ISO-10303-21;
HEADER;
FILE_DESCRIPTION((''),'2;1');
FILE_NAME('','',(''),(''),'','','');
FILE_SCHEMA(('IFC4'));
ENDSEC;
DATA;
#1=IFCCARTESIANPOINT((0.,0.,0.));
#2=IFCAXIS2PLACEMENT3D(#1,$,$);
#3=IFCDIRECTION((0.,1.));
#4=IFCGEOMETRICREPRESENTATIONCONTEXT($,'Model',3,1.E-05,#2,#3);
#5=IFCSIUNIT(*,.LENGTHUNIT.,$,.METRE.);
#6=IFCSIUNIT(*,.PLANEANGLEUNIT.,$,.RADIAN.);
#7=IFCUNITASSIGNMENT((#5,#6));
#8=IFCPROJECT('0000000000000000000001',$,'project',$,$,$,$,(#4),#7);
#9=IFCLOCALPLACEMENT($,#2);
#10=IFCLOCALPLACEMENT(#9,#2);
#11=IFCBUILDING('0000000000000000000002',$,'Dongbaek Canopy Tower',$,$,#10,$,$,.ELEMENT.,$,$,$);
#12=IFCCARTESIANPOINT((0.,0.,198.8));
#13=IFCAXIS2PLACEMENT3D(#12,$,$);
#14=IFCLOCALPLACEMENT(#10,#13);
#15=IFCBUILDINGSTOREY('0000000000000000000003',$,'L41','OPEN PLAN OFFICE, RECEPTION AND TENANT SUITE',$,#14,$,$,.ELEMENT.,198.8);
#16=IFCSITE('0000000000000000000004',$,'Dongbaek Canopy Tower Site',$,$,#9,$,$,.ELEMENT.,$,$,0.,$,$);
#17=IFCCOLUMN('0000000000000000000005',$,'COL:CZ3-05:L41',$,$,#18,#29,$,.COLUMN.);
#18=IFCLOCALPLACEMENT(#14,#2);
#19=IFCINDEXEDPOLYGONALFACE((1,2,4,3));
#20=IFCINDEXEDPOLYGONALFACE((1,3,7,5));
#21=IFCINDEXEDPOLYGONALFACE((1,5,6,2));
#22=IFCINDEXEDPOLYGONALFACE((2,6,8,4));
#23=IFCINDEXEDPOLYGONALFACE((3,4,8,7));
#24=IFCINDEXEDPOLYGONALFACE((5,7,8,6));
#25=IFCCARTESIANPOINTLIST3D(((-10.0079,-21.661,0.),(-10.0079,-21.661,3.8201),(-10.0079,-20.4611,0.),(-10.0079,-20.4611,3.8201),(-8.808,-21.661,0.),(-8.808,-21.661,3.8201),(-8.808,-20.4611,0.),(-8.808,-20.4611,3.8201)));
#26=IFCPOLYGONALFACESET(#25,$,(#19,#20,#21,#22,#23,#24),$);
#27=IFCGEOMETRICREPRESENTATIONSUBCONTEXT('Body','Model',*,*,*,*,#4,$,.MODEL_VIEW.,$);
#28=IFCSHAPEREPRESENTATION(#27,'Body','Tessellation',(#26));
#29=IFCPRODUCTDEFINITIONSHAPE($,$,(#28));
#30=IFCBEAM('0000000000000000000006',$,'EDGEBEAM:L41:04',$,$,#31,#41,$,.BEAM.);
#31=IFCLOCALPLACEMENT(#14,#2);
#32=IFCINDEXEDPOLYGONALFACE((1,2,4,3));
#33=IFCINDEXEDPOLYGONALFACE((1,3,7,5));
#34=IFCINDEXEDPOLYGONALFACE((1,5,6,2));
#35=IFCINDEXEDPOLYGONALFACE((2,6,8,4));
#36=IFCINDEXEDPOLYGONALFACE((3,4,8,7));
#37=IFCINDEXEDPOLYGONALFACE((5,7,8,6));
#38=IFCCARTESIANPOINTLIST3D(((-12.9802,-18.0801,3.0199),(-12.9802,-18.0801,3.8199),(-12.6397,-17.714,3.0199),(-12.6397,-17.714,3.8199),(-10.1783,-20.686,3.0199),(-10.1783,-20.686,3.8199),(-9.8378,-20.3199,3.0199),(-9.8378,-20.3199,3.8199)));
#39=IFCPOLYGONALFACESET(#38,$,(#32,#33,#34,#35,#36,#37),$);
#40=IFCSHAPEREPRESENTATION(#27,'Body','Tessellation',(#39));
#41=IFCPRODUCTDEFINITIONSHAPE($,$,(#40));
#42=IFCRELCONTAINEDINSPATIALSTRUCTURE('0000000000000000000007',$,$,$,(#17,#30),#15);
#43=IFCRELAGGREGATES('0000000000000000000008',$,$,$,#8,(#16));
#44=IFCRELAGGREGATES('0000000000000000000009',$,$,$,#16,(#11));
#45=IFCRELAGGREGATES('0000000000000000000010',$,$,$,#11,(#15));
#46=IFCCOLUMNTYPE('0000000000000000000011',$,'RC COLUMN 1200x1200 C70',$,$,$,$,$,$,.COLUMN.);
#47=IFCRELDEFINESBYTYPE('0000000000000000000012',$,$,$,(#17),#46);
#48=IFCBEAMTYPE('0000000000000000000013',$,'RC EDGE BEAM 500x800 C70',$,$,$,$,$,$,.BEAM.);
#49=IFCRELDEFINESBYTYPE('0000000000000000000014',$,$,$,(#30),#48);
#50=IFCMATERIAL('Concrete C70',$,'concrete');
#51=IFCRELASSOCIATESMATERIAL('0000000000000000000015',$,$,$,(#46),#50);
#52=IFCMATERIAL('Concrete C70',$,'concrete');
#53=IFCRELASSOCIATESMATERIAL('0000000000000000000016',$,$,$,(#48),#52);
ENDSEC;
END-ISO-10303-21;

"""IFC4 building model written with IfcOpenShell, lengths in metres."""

from ifc_helpers import new_model, si_unit, direction, frame, origin, origin_2d, place, context, subcontext, project, spatial, rectangle, extrude, material, material_profile, profile_set, type_object, element, save


model = new_model("IFC4")

# Units and contexts
model_context = context("Model", 3, precision=1e-05, world=origin(), true_north=direction((0.0, 1.0)))
body_context = subcontext(model_context, "Body", "Model", "MODEL_VIEW")
ifc_project = project(units=[si_unit("LENGTHUNIT", "METRE"), si_unit("PLANEANGLEUNIT", "RADIAN")], contexts=[model_context])

# Site, building, storey
site_placement = place(None, origin())
site = spatial("IfcSite", under=ifc_project, at=site_placement, Name="Dongbaek Canopy Tower Site", CompositionType="ELEMENT", RefElevation=0.0)
building_placement = place(site_placement, origin())
building = spatial("IfcBuilding", under=site, at=building_placement, Name="Dongbaek Canopy Tower", CompositionType="ELEMENT")
storey_placement = place(building_placement, frame((0.0, 0.0, 198.8)))
storey = spatial("IfcBuildingStorey", under=building, at=storey_placement, Name="L41", Description="OPEN PLAN OFFICE, RECEPTION AND TENANT SUITE", CompositionType="ELEMENT", Elevation=198.8)

# Column
ifc_material_1 = material(Name="Concrete C70", Category="concrete")
ifc_material_profile_1 = material_profile(ifc_material_1, rectangle(XDim=1.2, YDim=1.2, at=origin_2d()), Name="RC COLUMN 1200x1200 C70")
ifc_profile_set_1 = profile_set([ifc_material_profile_1], Name="Concrete C70")
column_type = type_object("IfcColumnType", Name="RC COLUMN 1200x1200 C70", PredefinedType="COLUMN", material=ifc_profile_set_1)
column_placement = place(storey_placement, frame((-9.408, -21.061, 0.0), z_axis=(0.0, 0.0, 1.0), x_axis=(1.0, 0.0, 0.0)))
element("IfcColumn", 1, at=column_placement, inside=storey, type_object=column_type, Name="COL:CZ3-05:L41", PredefinedType="COLUMN", context=body_context, shape_type="SweptSolid", body=[
    extrude(rectangle(XDim=1.2, YDim=1.2, at=origin_2d()), origin(), (0.0, 0.0, 1.0), 3.8201),
])

# Beam
ifc_material_2 = material(Name="Concrete C70", Category="concrete")
ifc_material_profile_2 = material_profile(ifc_material_2, rectangle(XDim=0.5, YDim=0.8, at=origin_2d()), Name="RC EDGE BEAM 500x800 C70")
ifc_profile_set_2 = profile_set([ifc_material_profile_2], Name="Concrete C70")
beam_type = type_object("IfcBeamType", Name="RC EDGE BEAM 500x800 C70", PredefinedType="BEAM", material=ifc_profile_set_2)
beam_placement = place(storey_placement, frame((-10.0081, -20.5029, 3.4199), z_axis=(-0.732259, 0.681026, 0.0), x_axis=(-0.681026, -0.732259, 0.0)))
element("IfcBeam", 2, at=beam_placement, inside=storey, type_object=beam_type, Name="EDGEBEAM:L41:04", PredefinedType="BEAM", context=body_context, shape_type="SweptSolid", body=[
    extrude(rectangle(XDim=0.5, YDim=0.8, at=origin_2d()), origin(), (0.0, 0.0, 1.0), 3.8264),
])

save(model, "model.ifc")
